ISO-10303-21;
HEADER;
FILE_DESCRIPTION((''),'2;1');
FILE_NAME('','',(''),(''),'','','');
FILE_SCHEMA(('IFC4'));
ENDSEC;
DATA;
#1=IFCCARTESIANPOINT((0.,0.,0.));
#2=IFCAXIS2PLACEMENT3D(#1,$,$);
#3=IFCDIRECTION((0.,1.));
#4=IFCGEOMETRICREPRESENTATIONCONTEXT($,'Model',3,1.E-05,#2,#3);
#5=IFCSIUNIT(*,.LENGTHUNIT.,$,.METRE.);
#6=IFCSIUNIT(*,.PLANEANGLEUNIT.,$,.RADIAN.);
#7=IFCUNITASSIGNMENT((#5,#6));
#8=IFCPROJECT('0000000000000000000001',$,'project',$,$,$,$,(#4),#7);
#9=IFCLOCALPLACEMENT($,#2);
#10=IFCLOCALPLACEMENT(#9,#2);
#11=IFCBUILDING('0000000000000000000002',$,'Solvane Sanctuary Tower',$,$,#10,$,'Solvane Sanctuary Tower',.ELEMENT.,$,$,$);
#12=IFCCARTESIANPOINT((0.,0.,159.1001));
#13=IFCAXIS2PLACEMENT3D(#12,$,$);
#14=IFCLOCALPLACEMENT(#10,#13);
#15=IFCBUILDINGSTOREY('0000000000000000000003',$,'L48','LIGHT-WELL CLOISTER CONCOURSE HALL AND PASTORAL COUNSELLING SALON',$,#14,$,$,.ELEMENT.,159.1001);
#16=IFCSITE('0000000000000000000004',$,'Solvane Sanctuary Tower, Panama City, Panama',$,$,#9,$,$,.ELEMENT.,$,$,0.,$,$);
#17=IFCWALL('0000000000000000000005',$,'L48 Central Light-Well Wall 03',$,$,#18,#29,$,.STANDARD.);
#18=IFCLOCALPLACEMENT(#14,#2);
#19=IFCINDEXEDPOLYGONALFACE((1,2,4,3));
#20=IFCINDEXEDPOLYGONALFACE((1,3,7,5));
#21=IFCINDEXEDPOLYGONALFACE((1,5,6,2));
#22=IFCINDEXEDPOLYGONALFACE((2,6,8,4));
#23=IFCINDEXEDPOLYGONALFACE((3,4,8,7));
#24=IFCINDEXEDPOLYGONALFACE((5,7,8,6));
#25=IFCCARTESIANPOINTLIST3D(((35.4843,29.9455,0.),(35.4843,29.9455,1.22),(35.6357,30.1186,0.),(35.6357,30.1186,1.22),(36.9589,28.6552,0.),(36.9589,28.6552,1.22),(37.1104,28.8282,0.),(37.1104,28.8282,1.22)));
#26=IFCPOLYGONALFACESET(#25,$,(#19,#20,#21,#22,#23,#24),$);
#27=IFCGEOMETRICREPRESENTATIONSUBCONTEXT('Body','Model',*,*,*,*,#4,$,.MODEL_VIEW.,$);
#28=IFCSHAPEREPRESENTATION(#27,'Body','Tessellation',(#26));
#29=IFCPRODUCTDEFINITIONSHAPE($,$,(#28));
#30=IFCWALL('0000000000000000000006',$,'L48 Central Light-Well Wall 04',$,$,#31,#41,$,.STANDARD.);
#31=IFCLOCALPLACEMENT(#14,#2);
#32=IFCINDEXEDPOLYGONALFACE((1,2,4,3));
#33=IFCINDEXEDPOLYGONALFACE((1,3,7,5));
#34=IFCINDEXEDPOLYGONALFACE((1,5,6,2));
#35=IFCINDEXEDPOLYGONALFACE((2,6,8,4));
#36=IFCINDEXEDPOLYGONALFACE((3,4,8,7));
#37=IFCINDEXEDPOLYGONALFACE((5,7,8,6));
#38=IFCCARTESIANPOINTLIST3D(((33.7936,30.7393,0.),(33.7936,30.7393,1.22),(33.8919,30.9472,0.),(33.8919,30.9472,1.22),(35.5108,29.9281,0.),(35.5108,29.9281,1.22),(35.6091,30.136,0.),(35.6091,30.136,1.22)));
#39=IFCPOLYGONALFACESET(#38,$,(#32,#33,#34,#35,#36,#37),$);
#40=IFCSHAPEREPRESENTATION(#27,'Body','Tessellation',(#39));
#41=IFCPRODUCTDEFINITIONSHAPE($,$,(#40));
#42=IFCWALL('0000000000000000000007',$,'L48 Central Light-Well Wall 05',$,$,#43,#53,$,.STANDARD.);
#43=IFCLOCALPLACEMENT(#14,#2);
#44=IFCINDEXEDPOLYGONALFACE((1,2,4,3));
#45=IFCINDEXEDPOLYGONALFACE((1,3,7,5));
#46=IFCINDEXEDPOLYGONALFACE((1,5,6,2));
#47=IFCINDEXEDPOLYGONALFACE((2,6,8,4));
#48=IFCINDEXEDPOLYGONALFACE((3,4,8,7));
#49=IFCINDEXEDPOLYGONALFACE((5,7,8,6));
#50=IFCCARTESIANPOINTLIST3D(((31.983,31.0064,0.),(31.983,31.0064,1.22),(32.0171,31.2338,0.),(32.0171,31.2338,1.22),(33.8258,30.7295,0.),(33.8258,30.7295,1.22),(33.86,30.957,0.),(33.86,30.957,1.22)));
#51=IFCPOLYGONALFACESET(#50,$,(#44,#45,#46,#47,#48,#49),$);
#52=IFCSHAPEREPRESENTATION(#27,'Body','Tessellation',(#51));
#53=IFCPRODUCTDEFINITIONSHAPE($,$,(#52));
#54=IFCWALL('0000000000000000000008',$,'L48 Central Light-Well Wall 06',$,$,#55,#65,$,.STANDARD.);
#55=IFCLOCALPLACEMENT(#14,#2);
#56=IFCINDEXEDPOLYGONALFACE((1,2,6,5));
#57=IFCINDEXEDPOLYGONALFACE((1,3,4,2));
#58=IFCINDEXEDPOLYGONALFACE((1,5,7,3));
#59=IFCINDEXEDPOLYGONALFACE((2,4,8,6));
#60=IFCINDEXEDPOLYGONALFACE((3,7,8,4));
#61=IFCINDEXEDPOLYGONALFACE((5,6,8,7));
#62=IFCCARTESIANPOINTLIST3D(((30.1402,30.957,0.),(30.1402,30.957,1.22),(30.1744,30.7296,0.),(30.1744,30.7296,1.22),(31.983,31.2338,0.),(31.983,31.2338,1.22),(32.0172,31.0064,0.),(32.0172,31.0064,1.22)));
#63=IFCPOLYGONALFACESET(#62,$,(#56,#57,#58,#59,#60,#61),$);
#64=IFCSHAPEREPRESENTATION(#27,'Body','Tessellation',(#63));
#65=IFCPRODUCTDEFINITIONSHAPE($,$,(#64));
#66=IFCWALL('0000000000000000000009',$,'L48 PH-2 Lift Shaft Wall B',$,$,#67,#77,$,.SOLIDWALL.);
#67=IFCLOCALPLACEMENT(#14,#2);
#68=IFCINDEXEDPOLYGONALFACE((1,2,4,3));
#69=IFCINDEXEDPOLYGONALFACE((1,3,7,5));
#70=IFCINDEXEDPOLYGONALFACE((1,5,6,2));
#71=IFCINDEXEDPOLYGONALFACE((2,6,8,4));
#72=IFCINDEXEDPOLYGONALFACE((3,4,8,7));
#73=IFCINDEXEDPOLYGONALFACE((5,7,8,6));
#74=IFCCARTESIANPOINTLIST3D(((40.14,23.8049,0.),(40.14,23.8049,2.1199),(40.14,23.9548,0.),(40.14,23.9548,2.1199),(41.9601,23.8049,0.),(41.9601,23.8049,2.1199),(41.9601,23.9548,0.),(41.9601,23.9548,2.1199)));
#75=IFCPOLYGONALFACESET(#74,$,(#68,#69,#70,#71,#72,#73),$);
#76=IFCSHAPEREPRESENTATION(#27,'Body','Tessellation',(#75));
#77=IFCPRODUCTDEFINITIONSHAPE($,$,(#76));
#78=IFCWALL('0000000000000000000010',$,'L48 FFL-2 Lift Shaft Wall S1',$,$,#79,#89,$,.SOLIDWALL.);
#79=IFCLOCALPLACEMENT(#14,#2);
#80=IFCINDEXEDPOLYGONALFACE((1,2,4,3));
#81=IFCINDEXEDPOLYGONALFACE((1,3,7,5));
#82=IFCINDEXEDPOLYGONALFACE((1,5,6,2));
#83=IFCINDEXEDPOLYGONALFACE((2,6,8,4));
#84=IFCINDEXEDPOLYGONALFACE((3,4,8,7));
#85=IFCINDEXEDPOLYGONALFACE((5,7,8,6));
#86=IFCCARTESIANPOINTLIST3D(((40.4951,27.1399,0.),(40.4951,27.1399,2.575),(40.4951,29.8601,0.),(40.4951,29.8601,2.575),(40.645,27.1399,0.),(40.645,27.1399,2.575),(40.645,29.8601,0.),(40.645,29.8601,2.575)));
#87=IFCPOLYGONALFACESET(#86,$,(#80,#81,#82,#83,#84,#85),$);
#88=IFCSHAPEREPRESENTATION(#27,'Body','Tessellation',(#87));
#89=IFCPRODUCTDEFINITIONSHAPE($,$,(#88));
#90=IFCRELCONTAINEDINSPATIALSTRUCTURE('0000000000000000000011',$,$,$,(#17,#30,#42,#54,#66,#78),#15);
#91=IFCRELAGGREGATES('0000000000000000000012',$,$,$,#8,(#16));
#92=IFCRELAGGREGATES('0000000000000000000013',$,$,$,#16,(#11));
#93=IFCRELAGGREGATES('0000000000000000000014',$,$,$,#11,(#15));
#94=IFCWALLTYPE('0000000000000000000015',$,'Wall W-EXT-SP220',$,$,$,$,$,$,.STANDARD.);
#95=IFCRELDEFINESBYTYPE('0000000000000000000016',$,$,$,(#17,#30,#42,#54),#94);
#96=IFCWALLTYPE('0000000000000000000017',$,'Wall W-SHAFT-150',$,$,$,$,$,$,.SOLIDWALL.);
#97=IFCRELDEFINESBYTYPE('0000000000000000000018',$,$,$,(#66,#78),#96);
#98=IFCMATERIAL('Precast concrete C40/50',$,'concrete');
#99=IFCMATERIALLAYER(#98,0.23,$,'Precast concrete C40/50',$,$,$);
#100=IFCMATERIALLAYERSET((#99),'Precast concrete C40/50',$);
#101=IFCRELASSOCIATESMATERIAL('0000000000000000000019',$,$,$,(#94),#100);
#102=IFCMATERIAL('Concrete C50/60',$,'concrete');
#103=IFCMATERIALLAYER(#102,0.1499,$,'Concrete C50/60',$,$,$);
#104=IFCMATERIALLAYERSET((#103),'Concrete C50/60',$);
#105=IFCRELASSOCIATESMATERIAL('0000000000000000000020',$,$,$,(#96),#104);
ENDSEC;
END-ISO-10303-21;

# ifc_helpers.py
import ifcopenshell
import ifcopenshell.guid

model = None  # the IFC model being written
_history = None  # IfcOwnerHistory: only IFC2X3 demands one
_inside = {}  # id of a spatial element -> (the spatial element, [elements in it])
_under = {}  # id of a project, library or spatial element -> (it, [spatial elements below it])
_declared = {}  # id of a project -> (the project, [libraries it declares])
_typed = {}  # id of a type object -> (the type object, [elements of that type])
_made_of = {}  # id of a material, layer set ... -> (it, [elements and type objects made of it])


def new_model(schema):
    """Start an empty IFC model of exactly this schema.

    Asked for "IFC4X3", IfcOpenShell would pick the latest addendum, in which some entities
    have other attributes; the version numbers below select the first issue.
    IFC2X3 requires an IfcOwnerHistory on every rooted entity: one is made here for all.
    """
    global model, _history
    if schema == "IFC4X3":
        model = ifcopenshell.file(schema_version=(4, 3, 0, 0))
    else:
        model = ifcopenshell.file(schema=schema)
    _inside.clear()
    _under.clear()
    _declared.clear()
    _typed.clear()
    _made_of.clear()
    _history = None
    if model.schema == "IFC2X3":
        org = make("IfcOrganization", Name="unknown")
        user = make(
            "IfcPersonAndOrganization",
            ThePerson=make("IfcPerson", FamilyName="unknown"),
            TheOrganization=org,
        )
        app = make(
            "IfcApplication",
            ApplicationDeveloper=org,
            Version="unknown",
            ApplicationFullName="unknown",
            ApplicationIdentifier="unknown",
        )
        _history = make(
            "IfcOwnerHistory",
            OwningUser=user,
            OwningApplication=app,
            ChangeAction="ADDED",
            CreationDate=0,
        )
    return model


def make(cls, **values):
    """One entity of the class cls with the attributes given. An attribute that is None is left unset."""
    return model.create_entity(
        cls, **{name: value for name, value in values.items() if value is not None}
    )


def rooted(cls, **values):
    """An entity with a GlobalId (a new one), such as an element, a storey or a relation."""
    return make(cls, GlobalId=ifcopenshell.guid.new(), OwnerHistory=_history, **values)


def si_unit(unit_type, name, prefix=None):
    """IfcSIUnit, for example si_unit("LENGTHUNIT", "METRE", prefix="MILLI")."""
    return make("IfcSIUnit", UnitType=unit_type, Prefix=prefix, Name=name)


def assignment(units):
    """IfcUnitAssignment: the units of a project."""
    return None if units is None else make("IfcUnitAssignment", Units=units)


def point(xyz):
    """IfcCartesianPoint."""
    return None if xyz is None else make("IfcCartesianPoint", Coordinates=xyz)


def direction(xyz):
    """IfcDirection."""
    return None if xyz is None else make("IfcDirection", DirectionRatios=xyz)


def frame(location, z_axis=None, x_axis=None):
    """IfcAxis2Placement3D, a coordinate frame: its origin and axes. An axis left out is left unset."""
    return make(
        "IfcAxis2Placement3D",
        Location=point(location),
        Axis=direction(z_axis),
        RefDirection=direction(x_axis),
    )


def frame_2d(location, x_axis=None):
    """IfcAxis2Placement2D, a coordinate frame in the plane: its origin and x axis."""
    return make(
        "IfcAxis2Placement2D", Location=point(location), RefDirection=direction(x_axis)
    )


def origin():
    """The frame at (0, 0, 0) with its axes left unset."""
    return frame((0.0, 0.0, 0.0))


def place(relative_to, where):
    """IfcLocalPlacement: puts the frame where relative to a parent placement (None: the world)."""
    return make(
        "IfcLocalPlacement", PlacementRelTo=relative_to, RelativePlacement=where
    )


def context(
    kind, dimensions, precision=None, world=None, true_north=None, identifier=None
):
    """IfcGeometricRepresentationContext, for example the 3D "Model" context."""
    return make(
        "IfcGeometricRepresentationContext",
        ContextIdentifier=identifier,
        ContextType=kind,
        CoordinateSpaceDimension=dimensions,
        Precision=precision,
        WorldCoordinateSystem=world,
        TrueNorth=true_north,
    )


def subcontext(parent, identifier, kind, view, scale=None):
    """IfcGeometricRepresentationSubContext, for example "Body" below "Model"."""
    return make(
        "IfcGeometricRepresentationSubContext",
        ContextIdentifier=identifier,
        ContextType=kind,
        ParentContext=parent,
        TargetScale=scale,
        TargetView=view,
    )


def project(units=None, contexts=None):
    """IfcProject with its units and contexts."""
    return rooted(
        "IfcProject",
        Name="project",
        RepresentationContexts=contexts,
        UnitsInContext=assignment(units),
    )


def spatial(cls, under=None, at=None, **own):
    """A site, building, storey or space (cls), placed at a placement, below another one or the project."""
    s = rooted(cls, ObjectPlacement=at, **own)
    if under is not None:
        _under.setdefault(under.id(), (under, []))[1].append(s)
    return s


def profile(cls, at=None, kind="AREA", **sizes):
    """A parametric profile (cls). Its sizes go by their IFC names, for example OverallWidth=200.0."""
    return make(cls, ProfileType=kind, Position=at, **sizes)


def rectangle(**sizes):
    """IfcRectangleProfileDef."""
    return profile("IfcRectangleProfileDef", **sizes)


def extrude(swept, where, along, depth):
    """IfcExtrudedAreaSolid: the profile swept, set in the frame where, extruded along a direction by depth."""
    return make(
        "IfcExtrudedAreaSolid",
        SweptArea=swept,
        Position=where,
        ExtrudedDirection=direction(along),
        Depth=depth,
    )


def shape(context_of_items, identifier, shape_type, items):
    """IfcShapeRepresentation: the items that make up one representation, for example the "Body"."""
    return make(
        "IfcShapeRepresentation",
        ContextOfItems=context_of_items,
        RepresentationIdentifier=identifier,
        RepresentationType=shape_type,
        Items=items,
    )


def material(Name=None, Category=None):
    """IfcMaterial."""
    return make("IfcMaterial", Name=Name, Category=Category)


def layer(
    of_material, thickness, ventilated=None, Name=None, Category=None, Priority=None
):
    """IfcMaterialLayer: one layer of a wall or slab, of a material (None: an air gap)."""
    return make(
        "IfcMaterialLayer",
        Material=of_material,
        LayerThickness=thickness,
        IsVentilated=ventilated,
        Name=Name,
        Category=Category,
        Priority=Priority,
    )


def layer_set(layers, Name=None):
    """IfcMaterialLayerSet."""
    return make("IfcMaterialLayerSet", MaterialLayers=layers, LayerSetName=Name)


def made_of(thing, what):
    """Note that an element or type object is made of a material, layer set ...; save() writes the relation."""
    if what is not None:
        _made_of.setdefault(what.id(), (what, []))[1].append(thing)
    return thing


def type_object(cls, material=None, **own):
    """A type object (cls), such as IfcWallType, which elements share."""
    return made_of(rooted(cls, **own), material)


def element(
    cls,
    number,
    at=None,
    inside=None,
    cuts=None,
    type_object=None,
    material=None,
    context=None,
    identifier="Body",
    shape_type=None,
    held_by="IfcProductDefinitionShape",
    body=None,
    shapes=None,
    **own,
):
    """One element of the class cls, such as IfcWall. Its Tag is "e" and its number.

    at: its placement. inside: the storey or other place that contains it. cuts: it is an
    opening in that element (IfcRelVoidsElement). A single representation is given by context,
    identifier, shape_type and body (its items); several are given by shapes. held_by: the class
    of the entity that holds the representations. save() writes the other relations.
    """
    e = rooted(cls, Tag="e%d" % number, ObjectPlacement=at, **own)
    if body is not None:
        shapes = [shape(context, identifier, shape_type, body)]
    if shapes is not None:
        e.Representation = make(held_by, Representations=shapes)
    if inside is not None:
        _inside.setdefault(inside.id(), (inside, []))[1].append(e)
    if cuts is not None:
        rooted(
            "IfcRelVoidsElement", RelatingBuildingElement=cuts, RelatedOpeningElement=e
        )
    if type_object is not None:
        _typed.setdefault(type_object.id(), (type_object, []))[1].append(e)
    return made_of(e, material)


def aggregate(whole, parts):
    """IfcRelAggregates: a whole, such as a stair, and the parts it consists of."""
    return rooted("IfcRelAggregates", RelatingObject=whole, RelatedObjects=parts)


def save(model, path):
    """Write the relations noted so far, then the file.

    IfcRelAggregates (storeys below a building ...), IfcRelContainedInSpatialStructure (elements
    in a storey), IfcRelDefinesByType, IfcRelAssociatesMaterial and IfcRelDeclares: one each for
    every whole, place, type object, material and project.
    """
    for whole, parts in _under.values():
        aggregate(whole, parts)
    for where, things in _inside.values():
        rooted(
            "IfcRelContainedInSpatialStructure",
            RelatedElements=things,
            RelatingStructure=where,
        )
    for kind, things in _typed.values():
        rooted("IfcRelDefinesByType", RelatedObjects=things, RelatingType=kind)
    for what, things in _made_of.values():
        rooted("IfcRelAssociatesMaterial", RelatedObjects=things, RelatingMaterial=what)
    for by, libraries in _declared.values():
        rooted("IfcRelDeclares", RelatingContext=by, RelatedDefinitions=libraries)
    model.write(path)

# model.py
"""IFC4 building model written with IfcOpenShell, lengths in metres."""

from ifc_helpers import new_model, si_unit, direction, frame, frame_2d, origin, place, context, subcontext, project, spatial, rectangle, extrude, material, layer, layer_set, type_object, element, save


model = new_model("IFC4")

# Units and contexts
model_context = context("Model", 3, precision=1e-05, world=origin(), true_north=direction((0.0, 1.0)))
body_context = subcontext(model_context, "Body", "Model", "MODEL_VIEW")
ifc_project = project(units=[si_unit("LENGTHUNIT", "METRE"), si_unit("PLANEANGLEUNIT", "RADIAN")], contexts=[model_context])

# Site, building, storey
site_placement = place(None, origin())
site = spatial("IfcSite", under=ifc_project, at=site_placement, Name="Solvane Sanctuary Tower, Panama City, Panama", CompositionType="ELEMENT", RefElevation=0.0)
building_placement = place(site_placement, origin())
building = spatial("IfcBuilding", under=site, at=building_placement, Name="Solvane Sanctuary Tower", LongName="Solvane Sanctuary Tower", CompositionType="ELEMENT")
storey_placement = place(building_placement, frame((0.0, 0.0, 159.1001)))
storey = spatial("IfcBuildingStorey", under=building, at=storey_placement, Name="L48", Description="LIGHT-WELL CLOISTER CONCOURSE HALL AND PASTORAL COUNSELLING SALON", CompositionType="ELEMENT", Elevation=159.1001)

# Shared definitions
ifc_material_1 = material(Name="Concrete C50/60", Category="concrete")

# Walls
ifc_material_2 = material(Name="Precast concrete C40/50", Category="concrete")
ifc_layer_1 = layer(ifc_material_2, 0.23, Name="Precast concrete C40/50")
ifc_layer_set_1 = layer_set([ifc_layer_1], Name="Precast concrete C40/50")
wall_type_1 = type_object("IfcWallType", Name="Wall W-EXT-SP220", PredefinedType="STANDARD", material=ifc_layer_set_1)
wall_1_placement = place(storey_placement, frame((37.0347, 28.7417, 0.0), z_axis=(0.0, 0.0, 1.0), x_axis=(-0.752577, 0.658505, 0.0)))
element("IfcWall", 1, at=wall_1_placement, inside=storey, type_object=wall_type_1, Name="L48 Central Light-Well Wall 03", PredefinedType="STANDARD", context=body_context, shape_type="SweptSolid", body=[
    extrude(rectangle(XDim=1.9595, YDim=0.23, at=frame_2d((0.9797, 0.0))), origin(), (0.0, 0.0, 1.0), 1.22),
])
wall_2_placement = place(storey_placement, frame((35.5601, 30.032, 0.0), z_axis=(0.0, 0.0, 1.0), x_axis=(-0.90418, 0.427152, 0.0)))
element("IfcWall", 2, at=wall_2_placement, inside=storey, type_object=wall_type_1, Name="L48 Central Light-Well Wall 04", PredefinedType="STANDARD", context=body_context, shape_type="SweptSolid", body=[
    extrude(rectangle(XDim=1.8992, YDim=0.23, at=frame_2d((0.9497, 0.0))), origin(), (0.0, 0.0, 1.0), 1.22),
])
for number, where, z_axis, x_axis, name in (
    (3, (33.8428, 30.8433, 0.0), (0.0, 0.0, 1.0), (-0.988902, 0.148571, 0.0), "L48 Central Light-Well Wall 05"),
    (4, (32.0, 31.1201, 0.0), (0.0, 0.0, 1.0), (-0.988902, -0.148571, 0.0), "L48 Central Light-Well Wall 06"),
):
    element("IfcWall", number, at=place(storey_placement, frame(where, z_axis=z_axis, x_axis=x_axis)), inside=storey, type_object=wall_type_1, Name=name, PredefinedType="STANDARD", context=body_context, shape_type="SweptSolid", body=[
        extrude(rectangle(XDim=1.8635, YDim=0.23, at=frame_2d((0.9316, 0.0))), origin(), (0.0, 0.0, 1.0), 1.22),
    ])
ifc_layer_2 = layer(ifc_material_1, 0.1499, Name="Concrete C50/60")
ifc_layer_set_2 = layer_set([ifc_layer_2], Name="Concrete C50/60")
wall_type_2 = type_object("IfcWallType", Name="Wall W-SHAFT-150", PredefinedType="SOLIDWALL", material=ifc_layer_set_2)
wall_3_placement = place(storey_placement, frame((40.1399, 23.8799, 0.0), z_axis=(0.0, 0.0, 1.0), x_axis=(1.0, 0.0, 0.0)))
element("IfcWall", 5, at=wall_3_placement, inside=storey, type_object=wall_type_2, Name="L48 PH-2 Lift Shaft Wall B", PredefinedType="SOLIDWALL", context=body_context, shape_type="SweptSolid", body=[
    extrude(rectangle(XDim=1.8201, YDim=0.1499, at=frame_2d((0.9102, 0.0))), origin(), (0.0, 0.0, 1.0), 2.1199),
])
wall_4_placement = place(storey_placement, frame((40.5701, 27.1399, 0.0), z_axis=(0.0, 0.0, 1.0), x_axis=(0.0, 1.0, 0.0)))
element("IfcWall", 6, at=wall_4_placement, inside=storey, type_object=wall_type_2, Name="L48 FFL-2 Lift Shaft Wall S1", PredefinedType="SOLIDWALL", context=body_context, shape_type="SweptSolid", body=[
    extrude(rectangle(XDim=2.7202, YDim=0.1499, at=frame_2d((1.3601, 0.0))), origin(), (0.0, 0.0, 1.0), 2.575),
])

save(model, "model.ifc")
